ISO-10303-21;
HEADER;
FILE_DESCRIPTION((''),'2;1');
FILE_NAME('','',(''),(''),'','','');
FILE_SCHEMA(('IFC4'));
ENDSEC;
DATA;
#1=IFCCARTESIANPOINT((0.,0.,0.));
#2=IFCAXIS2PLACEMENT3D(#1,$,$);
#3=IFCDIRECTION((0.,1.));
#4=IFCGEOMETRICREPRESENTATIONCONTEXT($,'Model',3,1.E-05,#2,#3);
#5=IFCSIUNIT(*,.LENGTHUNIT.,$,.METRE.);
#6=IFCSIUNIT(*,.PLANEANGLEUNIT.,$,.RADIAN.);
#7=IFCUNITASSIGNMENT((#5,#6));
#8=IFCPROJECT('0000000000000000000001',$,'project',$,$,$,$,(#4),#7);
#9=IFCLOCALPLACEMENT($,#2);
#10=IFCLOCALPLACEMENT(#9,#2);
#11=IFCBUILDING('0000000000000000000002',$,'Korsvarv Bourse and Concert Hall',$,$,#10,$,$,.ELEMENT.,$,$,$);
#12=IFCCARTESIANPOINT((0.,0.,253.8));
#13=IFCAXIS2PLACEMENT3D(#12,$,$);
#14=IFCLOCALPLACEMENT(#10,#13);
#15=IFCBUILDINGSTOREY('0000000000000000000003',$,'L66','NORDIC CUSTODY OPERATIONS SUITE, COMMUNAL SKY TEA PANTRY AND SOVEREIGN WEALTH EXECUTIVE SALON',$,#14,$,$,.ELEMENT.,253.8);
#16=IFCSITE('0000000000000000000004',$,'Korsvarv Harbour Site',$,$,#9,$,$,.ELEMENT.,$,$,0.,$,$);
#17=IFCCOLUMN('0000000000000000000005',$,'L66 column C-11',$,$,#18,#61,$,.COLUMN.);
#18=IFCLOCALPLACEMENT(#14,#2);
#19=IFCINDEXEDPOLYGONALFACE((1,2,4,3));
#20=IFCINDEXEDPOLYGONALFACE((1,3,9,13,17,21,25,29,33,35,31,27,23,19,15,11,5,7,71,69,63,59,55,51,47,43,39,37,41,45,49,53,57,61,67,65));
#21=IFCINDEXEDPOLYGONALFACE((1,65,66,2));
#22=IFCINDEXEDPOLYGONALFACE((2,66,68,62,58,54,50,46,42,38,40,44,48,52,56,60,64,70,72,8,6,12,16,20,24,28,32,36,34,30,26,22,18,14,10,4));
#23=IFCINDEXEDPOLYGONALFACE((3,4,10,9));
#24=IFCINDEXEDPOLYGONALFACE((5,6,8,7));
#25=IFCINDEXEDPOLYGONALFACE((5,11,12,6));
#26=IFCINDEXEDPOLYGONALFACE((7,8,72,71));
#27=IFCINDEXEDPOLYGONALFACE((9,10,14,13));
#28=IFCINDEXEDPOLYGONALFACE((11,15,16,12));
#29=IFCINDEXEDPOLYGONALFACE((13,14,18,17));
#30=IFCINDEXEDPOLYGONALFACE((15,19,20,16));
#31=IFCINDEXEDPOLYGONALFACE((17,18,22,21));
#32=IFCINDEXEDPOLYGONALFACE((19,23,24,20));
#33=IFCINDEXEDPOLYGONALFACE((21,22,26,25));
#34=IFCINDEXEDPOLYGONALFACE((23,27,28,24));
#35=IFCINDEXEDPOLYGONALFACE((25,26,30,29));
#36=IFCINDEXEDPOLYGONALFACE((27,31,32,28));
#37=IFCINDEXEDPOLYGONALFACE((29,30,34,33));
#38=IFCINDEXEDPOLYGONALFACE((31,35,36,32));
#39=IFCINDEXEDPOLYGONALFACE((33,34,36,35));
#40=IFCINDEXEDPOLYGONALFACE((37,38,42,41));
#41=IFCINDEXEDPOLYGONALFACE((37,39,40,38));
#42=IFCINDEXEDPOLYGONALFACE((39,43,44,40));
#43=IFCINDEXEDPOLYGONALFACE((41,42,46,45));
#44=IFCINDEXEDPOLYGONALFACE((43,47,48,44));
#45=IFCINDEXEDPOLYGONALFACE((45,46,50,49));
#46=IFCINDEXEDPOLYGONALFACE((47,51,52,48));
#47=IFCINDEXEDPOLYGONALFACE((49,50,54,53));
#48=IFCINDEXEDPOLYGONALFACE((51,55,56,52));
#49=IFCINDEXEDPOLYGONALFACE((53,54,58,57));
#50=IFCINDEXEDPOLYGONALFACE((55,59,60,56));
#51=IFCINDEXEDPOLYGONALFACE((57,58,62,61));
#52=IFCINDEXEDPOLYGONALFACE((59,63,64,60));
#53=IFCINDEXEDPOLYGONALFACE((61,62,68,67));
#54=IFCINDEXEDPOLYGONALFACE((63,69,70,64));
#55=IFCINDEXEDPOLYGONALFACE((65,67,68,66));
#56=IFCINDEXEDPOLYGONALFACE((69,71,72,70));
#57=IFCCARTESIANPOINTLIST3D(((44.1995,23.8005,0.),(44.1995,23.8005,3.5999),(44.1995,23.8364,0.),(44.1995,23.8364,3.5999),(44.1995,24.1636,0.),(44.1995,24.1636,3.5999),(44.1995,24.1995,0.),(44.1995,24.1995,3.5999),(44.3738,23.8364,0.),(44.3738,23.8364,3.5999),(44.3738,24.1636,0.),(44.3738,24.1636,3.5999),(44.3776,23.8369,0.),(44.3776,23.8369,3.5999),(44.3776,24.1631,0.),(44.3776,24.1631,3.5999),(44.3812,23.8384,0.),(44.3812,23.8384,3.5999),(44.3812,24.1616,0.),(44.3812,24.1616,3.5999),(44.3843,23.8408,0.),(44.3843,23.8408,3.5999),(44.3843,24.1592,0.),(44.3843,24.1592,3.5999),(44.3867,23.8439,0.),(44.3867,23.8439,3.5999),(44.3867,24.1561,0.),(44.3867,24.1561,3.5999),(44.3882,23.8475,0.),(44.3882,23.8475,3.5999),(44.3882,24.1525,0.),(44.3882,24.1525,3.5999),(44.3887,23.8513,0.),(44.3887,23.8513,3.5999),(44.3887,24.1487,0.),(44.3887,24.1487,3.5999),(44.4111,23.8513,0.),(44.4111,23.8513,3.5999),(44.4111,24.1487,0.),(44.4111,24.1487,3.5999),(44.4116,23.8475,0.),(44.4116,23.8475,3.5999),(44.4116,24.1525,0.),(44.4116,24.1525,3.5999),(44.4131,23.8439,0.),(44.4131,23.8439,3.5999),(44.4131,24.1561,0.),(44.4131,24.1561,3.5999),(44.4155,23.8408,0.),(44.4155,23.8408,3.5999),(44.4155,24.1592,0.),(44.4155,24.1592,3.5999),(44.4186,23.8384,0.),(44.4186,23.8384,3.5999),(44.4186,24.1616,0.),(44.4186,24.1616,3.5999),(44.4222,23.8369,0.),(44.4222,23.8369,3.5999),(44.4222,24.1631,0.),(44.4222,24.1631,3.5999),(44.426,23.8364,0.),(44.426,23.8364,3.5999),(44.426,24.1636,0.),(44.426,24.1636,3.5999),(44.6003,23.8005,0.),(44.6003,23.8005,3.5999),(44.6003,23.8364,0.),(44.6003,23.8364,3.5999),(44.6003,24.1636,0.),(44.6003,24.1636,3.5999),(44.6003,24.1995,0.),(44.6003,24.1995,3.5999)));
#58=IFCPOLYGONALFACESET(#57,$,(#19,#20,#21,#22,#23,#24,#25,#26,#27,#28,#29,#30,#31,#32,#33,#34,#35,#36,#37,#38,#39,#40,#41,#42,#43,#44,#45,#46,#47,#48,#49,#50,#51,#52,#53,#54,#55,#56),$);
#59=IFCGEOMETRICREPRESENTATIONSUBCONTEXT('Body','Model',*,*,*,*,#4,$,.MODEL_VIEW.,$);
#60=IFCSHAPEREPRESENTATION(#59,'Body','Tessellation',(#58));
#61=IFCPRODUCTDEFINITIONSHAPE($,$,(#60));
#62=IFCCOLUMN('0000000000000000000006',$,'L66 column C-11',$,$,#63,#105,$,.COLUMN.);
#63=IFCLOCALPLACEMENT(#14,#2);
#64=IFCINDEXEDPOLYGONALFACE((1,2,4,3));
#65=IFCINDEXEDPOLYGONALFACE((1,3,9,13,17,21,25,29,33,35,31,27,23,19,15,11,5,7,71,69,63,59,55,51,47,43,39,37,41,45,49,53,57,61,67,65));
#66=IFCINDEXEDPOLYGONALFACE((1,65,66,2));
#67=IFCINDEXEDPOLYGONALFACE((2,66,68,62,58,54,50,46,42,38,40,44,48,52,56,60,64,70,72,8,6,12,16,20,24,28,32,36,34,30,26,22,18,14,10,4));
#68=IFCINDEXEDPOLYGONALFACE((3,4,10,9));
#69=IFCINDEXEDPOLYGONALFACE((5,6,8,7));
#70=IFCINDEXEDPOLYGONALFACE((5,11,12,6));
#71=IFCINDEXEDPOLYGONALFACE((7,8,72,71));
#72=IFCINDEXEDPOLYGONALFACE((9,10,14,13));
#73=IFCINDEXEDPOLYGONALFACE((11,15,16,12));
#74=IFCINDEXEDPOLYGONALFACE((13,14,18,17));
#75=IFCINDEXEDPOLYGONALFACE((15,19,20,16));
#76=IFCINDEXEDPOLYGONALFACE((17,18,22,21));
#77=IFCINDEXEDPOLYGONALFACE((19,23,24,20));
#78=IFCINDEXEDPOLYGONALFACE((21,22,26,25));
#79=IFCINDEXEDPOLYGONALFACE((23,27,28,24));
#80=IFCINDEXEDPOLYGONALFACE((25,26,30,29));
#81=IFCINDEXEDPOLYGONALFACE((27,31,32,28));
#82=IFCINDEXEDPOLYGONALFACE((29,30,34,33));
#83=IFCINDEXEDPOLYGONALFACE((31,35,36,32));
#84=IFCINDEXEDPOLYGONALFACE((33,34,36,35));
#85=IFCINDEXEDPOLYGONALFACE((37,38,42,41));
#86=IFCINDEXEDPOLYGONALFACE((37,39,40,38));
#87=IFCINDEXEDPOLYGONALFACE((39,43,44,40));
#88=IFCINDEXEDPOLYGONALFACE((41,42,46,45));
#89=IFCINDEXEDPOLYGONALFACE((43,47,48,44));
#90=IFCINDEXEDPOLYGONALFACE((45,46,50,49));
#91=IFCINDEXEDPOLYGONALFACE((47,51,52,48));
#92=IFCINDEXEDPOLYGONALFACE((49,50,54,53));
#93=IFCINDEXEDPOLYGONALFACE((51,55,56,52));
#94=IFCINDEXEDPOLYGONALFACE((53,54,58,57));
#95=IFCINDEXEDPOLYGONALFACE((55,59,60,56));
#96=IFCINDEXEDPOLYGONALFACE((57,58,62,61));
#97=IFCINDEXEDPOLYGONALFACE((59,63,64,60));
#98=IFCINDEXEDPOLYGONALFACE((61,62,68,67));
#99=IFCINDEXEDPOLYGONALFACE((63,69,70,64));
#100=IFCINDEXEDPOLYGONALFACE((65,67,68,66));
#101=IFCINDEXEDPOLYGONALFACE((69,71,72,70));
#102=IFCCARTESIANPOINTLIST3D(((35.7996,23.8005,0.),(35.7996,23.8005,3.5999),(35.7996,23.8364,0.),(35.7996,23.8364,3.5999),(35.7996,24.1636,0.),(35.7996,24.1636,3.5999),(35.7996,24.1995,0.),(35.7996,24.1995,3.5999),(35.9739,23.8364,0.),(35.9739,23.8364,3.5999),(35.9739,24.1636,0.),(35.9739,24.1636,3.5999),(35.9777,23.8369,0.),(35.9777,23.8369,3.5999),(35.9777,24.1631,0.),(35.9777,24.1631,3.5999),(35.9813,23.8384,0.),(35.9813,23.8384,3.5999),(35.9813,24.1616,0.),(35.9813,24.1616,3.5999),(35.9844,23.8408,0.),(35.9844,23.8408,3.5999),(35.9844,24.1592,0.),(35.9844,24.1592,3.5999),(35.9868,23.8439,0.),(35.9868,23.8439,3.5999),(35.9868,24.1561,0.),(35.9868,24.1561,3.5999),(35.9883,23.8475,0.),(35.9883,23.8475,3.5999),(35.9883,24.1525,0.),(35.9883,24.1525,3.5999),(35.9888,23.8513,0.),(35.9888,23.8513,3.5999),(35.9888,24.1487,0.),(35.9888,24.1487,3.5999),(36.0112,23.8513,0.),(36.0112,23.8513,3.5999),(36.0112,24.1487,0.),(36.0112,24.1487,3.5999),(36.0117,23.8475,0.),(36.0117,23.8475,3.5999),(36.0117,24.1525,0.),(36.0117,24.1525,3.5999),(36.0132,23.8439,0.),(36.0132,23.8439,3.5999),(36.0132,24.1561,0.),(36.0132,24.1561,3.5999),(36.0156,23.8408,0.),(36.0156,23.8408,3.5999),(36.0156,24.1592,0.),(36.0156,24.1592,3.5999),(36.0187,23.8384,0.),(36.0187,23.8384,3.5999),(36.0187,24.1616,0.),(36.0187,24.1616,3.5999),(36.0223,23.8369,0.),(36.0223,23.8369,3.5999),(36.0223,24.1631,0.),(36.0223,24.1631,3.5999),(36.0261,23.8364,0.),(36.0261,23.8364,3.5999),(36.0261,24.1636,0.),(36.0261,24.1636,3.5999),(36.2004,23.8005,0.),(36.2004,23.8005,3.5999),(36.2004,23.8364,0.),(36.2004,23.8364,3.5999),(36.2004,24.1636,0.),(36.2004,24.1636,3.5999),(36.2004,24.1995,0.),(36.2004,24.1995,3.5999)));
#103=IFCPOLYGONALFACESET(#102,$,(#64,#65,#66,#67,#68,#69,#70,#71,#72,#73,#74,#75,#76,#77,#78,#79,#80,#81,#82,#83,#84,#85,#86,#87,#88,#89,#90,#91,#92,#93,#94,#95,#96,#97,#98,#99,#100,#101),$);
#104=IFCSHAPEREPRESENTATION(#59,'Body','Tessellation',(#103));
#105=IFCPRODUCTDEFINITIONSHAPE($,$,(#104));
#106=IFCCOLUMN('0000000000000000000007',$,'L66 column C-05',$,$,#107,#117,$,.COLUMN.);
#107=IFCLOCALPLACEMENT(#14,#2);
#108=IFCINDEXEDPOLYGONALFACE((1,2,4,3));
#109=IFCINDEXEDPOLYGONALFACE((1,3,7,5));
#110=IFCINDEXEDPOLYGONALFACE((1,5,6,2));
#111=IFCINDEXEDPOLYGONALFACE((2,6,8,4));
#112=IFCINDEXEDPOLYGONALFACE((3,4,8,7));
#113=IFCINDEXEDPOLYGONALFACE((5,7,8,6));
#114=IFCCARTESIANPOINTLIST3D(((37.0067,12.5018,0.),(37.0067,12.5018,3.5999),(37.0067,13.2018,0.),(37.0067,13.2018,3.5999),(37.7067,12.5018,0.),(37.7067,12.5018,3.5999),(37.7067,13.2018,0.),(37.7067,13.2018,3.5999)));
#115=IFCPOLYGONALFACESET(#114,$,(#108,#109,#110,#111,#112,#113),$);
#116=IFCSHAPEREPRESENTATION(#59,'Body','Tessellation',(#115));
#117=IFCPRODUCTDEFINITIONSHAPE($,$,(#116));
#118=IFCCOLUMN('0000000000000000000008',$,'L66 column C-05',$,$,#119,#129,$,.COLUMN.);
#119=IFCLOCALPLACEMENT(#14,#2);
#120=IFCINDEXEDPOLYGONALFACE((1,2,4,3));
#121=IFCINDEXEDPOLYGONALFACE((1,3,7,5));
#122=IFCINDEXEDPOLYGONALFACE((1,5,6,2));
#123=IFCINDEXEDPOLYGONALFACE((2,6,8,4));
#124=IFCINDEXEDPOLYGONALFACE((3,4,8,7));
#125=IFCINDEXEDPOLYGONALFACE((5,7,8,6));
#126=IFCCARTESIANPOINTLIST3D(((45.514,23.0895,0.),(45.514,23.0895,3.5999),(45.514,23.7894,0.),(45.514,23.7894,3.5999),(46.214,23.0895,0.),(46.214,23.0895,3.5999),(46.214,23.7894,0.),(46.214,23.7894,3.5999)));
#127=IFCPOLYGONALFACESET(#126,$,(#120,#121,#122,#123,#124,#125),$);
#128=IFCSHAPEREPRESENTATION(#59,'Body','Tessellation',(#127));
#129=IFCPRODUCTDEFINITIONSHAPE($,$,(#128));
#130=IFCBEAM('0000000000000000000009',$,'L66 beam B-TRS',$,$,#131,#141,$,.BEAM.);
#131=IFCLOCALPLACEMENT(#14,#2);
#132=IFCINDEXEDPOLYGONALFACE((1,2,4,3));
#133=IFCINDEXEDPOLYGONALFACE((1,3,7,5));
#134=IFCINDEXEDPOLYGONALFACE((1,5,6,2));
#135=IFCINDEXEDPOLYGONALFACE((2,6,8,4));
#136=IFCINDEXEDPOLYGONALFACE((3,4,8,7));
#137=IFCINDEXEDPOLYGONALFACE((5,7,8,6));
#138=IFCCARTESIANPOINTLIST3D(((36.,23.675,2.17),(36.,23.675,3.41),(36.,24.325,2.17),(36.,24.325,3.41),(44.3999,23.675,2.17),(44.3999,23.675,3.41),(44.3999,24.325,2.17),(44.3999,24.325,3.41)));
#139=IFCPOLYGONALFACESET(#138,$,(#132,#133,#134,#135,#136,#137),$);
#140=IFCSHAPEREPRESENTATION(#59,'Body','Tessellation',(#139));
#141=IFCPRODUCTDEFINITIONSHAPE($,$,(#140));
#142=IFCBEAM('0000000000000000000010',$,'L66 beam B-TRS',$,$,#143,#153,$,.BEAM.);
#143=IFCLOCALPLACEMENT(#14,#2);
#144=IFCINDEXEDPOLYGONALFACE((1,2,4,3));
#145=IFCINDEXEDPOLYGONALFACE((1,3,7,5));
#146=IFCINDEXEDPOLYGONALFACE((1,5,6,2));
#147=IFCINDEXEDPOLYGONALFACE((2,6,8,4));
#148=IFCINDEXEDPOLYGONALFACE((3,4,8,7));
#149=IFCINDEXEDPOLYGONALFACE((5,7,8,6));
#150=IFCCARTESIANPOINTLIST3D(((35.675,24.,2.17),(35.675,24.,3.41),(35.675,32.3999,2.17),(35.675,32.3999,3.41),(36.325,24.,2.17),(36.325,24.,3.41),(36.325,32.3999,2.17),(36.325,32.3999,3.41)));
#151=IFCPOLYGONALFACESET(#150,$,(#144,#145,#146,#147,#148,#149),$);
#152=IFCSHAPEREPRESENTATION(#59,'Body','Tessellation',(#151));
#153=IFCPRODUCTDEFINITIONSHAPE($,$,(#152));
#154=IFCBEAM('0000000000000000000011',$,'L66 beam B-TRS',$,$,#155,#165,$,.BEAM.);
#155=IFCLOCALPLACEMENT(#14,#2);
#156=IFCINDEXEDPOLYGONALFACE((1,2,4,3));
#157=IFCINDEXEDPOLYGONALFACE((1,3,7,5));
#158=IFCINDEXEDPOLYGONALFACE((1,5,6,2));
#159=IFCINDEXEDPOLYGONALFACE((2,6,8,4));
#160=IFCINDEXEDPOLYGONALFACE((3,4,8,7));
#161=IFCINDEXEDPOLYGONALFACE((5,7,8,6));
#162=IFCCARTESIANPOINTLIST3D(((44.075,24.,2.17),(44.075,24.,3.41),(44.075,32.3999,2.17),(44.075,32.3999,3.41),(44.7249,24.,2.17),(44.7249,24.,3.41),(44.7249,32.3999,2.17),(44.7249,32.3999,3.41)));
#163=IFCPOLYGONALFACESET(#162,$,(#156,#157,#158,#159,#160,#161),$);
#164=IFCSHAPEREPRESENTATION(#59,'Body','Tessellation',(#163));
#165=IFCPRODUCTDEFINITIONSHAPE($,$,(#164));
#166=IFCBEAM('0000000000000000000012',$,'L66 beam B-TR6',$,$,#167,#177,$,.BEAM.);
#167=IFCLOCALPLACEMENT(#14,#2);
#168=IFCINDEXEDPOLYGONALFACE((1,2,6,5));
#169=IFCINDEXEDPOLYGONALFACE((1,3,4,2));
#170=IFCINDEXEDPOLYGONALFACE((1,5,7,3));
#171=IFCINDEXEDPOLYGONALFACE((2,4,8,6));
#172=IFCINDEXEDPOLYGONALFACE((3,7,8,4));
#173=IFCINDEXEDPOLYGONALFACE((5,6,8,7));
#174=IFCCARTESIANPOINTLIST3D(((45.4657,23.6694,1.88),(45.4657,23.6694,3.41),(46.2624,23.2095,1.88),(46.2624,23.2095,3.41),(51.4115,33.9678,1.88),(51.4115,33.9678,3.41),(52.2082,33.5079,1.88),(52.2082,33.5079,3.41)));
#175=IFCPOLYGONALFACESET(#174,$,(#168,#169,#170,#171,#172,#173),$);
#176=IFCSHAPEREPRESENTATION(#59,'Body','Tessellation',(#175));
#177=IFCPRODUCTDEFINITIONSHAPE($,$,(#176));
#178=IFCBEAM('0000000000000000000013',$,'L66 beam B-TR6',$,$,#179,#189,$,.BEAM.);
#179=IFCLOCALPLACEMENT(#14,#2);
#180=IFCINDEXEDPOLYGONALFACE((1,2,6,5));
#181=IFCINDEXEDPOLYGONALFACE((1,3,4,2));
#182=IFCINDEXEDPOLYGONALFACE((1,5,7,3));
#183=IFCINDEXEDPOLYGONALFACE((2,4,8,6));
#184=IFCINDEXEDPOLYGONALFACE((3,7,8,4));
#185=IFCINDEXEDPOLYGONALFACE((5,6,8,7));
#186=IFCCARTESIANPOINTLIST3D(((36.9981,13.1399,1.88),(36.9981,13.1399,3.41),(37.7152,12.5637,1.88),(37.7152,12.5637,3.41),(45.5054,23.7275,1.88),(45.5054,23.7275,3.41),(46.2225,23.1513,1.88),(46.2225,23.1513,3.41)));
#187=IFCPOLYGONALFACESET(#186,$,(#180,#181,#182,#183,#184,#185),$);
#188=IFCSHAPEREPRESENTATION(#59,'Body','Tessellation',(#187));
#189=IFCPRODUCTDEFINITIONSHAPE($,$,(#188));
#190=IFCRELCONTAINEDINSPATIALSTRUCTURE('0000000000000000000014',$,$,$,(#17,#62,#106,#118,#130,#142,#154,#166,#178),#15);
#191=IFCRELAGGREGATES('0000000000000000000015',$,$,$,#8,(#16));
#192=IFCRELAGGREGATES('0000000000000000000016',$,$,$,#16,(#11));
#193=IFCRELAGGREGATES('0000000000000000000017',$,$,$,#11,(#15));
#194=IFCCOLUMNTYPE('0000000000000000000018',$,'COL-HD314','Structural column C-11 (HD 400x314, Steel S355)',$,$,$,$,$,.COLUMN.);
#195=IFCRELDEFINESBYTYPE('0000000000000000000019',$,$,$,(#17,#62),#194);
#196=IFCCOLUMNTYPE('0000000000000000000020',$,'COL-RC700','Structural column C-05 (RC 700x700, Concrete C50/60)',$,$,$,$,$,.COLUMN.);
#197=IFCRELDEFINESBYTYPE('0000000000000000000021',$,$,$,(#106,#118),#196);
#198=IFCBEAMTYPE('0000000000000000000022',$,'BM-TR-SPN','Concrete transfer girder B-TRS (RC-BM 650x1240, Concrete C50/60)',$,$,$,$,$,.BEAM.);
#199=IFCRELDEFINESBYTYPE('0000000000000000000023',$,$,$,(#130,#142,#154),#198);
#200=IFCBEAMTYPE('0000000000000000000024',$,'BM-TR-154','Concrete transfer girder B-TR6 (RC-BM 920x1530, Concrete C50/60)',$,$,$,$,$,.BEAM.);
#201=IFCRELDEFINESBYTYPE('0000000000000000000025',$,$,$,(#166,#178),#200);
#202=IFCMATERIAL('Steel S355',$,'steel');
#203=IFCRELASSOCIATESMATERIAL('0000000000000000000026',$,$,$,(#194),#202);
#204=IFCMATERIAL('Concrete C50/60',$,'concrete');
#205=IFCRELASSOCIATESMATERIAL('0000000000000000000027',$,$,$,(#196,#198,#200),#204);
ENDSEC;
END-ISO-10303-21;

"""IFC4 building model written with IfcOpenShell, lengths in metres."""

from ifc_helpers import new_model, si_unit, direction, frame, origin, origin_2d, place, context, subcontext, project, spatial, rectangle, i_section, extrude, source, transform, mapped, material, material_profile, profile_set, type_object, element, save


model = new_model("IFC4")

# Units and contexts
model_context = context("Model", 3, precision=1e-05, world=origin(), true_north=direction((0.0, 1.0)))
body_context = subcontext(model_context, "Body", "Model", "MODEL_VIEW")
ifc_project = project(units=[si_unit("LENGTHUNIT", "METRE"), si_unit("PLANEANGLEUNIT", "RADIAN")], contexts=[model_context])

# Site, building, storey
site_placement = place(None, origin())
site = spatial("IfcSite", under=ifc_project, at=site_placement, Name="Korsvarv Harbour Site", CompositionType="ELEMENT", RefElevation=0.0)
building_placement = place(site_placement, origin())
building = spatial("IfcBuilding", under=site, at=building_placement, Name="Korsvarv Bourse and Concert Hall", CompositionType="ELEMENT")
storey_placement = place(building_placement, frame((0.0, 0.0, 253.8)))
storey = spatial("IfcBuildingStorey", under=building, at=storey_placement, Name="L66", Description="NORDIC CUSTODY OPERATIONS SUITE, COMMUNAL SKY TEA PANTRY AND SOVEREIGN WEALTH EXECUTIVE SALON", CompositionType="ELEMENT", Elevation=253.8)

# Columns
ifc_material_1 = material(Name="Steel S355", Category="steel")
ifc_material_profile_1 = material_profile(ifc_material_1, i_section(OverallWidth=0.4009, OverallDepth=0.3989, WebThickness=0.0225, FlangeThickness=0.0359, FilletRadius=0.0149, at=origin_2d()), Name="HD 400x314")
ifc_profile_set_1 = profile_set([ifc_material_profile_1], Name="Steel S355")
column_type_1 = type_object("IfcColumnType", Name="COL-HD314", Description="Structural column C-11 (HD 400x314, Steel S355)", PredefinedType="COLUMN", material=ifc_profile_set_1)
shared_shape_1 = source(origin(), body_context, "Body", "SweptSolid", [
    extrude(i_section(OverallWidth=0.4009, OverallDepth=0.3989, WebThickness=0.0225, FlangeThickness=0.0359, FilletRadius=0.0149, at=origin_2d()), origin(), (0.0, 0.0, 1.0), 3.5999),
])
for number, where, z_axis, x_axis, name in (
    (1, (44.3999, 24.0, 0.0), (0.0, 0.0, 1.0), (1.0, 0.0, 0.0), "L66 column C-11"),
    (2, (36.0, 24.0, 0.0), (0.0, 0.0, 1.0), (1.0, 0.0, 0.0), "L66 column C-11"),
):
    element("IfcColumn", number, at=place(storey_placement, frame(where, z_axis=z_axis, x_axis=x_axis)), inside=storey, type_object=column_type_1, Name=name, PredefinedType="COLUMN", context=body_context, shape_type="MappedRepresentation", body=[
        mapped(shared_shape_1, transform((0.0, 0.0, 0.0), scale=1.0)),
    ])
ifc_material_2 = material(Name="Concrete C50/60", Category="concrete")
ifc_material_profile_2 = material_profile(ifc_material_2, rectangle(XDim=0.7, YDim=0.7, at=origin_2d()), Name="RC 700x700")
ifc_profile_set_2 = profile_set([ifc_material_profile_2], Name="Concrete C50/60")
column_type_2 = type_object("IfcColumnType", Name="COL-RC700", Description="Structural column C-05 (RC 700x700, Concrete C50/60)", PredefinedType="COLUMN", material=ifc_profile_set_2)
shared_shape_2 = source(origin(), body_context, "Body", "SweptSolid", [
    extrude(rectangle(XDim=0.7, YDim=0.7, at=origin_2d()), origin(), (0.0, 0.0, 1.0), 3.5999),
])
for number, where, z_axis, x_axis, name in (
    (3, (37.3567, 12.8518, 0.0), (0.0, 0.0, 1.0), (1.0, 0.0, 0.0), "L66 column C-05"),
    (4, (45.864, 23.4395, 0.0), (0.0, 0.0, 1.0), (1.0, 0.0, 0.0), "L66 column C-05"),
):
    element("IfcColumn", number, at=place(storey_placement, frame(where, z_axis=z_axis, x_axis=x_axis)), inside=storey, type_object=column_type_2, Name=name, PredefinedType="COLUMN", context=body_context, shape_type="MappedRepresentation", body=[
        mapped(shared_shape_2, transform((0.0, 0.0, 0.0), scale=1.0)),
    ])

# Beams
ifc_material_profile_3 = material_profile(ifc_material_2, rectangle(XDim=0.6499, YDim=1.24, at=origin_2d()), Name="RC-BM 650x1240")
ifc_profile_set_3 = profile_set([ifc_material_profile_3], Name="Concrete C50/60")
beam_type_1 = type_object("IfcBeamType", Name="BM-TR-SPN", Description="Concrete transfer girder B-TRS (RC-BM 650x1240, Concrete C50/60)", PredefinedType="BEAM", material=ifc_profile_set_3)
shared_shape_3 = source(origin(), body_context, "Body", "SweptSolid", [
    extrude(rectangle(XDim=0.6499, YDim=1.24, at=origin_2d()), origin(), (0.0, 0.0, 1.0), 8.3999),
])
for number, where, z_axis, x_axis, name in (
    (5, (36.0, 24.0, 2.79), (1.0, 0.0, 0.0), (0.0, 1.0, 0.0), "L66 beam B-TRS"),
    (6, (36.0, 24.0, 2.79), (0.0, 1.0, 0.0), (-1.0, 0.0, 0.0), "L66 beam B-TRS"),
    (7, (44.3999, 24.0, 2.79), (0.0, 1.0, 0.0), (-1.0, 0.0, 0.0), "L66 beam B-TRS"),
):
    element("IfcBeam", number, at=place(storey_placement, frame(where, z_axis=z_axis, x_axis=x_axis)), inside=storey, type_object=beam_type_1, Name=name, PredefinedType="BEAM", context=body_context, shape_type="MappedRepresentation", body=[
        mapped(shared_shape_3, transform((0.0, 0.0, 0.0), scale=1.0)),
    ])
ifc_material_profile_4 = material_profile(ifc_material_2, rectangle(XDim=0.9199, YDim=1.53, at=origin_2d()), Name="RC-BM 920x1530")
ifc_profile_set_4 = profile_set([ifc_material_profile_4], Name="Concrete C50/60")
beam_type_2 = type_object("IfcBeamType", Name="BM-TR-154", Description="Concrete transfer girder B-TR6 (RC-BM 920x1530, Concrete C50/60)", PredefinedType="BEAM", material=ifc_profile_set_4)
shared_shape_4 = source(origin(), body_context, "Body", "SweptSolid", [
    extrude(rectangle(XDim=0.9199, YDim=1.53, at=origin_2d()), origin(), (0.0, 0.0, 1.0), 11.8916),
])
beam_1_placement = place(storey_placement, frame((45.864, 23.4395, 2.645), z_axis=(0.500003, 0.866024, 0.0), x_axis=(-0.866024, 0.500003, 0.0)))
element("IfcBeam", 8, at=beam_1_placement, inside=storey, type_object=beam_type_2, Name="L66 beam B-TR6", PredefinedType="BEAM", context=body_context, shape_type="MappedRepresentation", body=[
    mapped(shared_shape_4, transform((0.0, 0.0, 0.0), scale=1.0)),
])
shared_shape_5 = source(origin(), body_context, "Body", "SweptSolid", [
    extrude(rectangle(XDim=0.9199, YDim=1.53, at=origin_2d()), origin(), (0.0, 0.0, 1.0), 13.582),
])
beam_2_placement = place(storey_placement, frame((37.3567, 12.8518, 2.645), z_axis=(0.626364, 0.779531, 0.0), x_axis=(-0.779531, 0.626364, 0.0)))
element("IfcBeam", 9, at=beam_2_placement, inside=storey, type_object=beam_type_2, Name="L66 beam B-TR6", PredefinedType="BEAM", context=body_context, shape_type="MappedRepresentation", body=[
    mapped(shared_shape_5, transform((0.0, 0.0, 0.0), scale=1.0)),
])

save(model, "model.ifc")
